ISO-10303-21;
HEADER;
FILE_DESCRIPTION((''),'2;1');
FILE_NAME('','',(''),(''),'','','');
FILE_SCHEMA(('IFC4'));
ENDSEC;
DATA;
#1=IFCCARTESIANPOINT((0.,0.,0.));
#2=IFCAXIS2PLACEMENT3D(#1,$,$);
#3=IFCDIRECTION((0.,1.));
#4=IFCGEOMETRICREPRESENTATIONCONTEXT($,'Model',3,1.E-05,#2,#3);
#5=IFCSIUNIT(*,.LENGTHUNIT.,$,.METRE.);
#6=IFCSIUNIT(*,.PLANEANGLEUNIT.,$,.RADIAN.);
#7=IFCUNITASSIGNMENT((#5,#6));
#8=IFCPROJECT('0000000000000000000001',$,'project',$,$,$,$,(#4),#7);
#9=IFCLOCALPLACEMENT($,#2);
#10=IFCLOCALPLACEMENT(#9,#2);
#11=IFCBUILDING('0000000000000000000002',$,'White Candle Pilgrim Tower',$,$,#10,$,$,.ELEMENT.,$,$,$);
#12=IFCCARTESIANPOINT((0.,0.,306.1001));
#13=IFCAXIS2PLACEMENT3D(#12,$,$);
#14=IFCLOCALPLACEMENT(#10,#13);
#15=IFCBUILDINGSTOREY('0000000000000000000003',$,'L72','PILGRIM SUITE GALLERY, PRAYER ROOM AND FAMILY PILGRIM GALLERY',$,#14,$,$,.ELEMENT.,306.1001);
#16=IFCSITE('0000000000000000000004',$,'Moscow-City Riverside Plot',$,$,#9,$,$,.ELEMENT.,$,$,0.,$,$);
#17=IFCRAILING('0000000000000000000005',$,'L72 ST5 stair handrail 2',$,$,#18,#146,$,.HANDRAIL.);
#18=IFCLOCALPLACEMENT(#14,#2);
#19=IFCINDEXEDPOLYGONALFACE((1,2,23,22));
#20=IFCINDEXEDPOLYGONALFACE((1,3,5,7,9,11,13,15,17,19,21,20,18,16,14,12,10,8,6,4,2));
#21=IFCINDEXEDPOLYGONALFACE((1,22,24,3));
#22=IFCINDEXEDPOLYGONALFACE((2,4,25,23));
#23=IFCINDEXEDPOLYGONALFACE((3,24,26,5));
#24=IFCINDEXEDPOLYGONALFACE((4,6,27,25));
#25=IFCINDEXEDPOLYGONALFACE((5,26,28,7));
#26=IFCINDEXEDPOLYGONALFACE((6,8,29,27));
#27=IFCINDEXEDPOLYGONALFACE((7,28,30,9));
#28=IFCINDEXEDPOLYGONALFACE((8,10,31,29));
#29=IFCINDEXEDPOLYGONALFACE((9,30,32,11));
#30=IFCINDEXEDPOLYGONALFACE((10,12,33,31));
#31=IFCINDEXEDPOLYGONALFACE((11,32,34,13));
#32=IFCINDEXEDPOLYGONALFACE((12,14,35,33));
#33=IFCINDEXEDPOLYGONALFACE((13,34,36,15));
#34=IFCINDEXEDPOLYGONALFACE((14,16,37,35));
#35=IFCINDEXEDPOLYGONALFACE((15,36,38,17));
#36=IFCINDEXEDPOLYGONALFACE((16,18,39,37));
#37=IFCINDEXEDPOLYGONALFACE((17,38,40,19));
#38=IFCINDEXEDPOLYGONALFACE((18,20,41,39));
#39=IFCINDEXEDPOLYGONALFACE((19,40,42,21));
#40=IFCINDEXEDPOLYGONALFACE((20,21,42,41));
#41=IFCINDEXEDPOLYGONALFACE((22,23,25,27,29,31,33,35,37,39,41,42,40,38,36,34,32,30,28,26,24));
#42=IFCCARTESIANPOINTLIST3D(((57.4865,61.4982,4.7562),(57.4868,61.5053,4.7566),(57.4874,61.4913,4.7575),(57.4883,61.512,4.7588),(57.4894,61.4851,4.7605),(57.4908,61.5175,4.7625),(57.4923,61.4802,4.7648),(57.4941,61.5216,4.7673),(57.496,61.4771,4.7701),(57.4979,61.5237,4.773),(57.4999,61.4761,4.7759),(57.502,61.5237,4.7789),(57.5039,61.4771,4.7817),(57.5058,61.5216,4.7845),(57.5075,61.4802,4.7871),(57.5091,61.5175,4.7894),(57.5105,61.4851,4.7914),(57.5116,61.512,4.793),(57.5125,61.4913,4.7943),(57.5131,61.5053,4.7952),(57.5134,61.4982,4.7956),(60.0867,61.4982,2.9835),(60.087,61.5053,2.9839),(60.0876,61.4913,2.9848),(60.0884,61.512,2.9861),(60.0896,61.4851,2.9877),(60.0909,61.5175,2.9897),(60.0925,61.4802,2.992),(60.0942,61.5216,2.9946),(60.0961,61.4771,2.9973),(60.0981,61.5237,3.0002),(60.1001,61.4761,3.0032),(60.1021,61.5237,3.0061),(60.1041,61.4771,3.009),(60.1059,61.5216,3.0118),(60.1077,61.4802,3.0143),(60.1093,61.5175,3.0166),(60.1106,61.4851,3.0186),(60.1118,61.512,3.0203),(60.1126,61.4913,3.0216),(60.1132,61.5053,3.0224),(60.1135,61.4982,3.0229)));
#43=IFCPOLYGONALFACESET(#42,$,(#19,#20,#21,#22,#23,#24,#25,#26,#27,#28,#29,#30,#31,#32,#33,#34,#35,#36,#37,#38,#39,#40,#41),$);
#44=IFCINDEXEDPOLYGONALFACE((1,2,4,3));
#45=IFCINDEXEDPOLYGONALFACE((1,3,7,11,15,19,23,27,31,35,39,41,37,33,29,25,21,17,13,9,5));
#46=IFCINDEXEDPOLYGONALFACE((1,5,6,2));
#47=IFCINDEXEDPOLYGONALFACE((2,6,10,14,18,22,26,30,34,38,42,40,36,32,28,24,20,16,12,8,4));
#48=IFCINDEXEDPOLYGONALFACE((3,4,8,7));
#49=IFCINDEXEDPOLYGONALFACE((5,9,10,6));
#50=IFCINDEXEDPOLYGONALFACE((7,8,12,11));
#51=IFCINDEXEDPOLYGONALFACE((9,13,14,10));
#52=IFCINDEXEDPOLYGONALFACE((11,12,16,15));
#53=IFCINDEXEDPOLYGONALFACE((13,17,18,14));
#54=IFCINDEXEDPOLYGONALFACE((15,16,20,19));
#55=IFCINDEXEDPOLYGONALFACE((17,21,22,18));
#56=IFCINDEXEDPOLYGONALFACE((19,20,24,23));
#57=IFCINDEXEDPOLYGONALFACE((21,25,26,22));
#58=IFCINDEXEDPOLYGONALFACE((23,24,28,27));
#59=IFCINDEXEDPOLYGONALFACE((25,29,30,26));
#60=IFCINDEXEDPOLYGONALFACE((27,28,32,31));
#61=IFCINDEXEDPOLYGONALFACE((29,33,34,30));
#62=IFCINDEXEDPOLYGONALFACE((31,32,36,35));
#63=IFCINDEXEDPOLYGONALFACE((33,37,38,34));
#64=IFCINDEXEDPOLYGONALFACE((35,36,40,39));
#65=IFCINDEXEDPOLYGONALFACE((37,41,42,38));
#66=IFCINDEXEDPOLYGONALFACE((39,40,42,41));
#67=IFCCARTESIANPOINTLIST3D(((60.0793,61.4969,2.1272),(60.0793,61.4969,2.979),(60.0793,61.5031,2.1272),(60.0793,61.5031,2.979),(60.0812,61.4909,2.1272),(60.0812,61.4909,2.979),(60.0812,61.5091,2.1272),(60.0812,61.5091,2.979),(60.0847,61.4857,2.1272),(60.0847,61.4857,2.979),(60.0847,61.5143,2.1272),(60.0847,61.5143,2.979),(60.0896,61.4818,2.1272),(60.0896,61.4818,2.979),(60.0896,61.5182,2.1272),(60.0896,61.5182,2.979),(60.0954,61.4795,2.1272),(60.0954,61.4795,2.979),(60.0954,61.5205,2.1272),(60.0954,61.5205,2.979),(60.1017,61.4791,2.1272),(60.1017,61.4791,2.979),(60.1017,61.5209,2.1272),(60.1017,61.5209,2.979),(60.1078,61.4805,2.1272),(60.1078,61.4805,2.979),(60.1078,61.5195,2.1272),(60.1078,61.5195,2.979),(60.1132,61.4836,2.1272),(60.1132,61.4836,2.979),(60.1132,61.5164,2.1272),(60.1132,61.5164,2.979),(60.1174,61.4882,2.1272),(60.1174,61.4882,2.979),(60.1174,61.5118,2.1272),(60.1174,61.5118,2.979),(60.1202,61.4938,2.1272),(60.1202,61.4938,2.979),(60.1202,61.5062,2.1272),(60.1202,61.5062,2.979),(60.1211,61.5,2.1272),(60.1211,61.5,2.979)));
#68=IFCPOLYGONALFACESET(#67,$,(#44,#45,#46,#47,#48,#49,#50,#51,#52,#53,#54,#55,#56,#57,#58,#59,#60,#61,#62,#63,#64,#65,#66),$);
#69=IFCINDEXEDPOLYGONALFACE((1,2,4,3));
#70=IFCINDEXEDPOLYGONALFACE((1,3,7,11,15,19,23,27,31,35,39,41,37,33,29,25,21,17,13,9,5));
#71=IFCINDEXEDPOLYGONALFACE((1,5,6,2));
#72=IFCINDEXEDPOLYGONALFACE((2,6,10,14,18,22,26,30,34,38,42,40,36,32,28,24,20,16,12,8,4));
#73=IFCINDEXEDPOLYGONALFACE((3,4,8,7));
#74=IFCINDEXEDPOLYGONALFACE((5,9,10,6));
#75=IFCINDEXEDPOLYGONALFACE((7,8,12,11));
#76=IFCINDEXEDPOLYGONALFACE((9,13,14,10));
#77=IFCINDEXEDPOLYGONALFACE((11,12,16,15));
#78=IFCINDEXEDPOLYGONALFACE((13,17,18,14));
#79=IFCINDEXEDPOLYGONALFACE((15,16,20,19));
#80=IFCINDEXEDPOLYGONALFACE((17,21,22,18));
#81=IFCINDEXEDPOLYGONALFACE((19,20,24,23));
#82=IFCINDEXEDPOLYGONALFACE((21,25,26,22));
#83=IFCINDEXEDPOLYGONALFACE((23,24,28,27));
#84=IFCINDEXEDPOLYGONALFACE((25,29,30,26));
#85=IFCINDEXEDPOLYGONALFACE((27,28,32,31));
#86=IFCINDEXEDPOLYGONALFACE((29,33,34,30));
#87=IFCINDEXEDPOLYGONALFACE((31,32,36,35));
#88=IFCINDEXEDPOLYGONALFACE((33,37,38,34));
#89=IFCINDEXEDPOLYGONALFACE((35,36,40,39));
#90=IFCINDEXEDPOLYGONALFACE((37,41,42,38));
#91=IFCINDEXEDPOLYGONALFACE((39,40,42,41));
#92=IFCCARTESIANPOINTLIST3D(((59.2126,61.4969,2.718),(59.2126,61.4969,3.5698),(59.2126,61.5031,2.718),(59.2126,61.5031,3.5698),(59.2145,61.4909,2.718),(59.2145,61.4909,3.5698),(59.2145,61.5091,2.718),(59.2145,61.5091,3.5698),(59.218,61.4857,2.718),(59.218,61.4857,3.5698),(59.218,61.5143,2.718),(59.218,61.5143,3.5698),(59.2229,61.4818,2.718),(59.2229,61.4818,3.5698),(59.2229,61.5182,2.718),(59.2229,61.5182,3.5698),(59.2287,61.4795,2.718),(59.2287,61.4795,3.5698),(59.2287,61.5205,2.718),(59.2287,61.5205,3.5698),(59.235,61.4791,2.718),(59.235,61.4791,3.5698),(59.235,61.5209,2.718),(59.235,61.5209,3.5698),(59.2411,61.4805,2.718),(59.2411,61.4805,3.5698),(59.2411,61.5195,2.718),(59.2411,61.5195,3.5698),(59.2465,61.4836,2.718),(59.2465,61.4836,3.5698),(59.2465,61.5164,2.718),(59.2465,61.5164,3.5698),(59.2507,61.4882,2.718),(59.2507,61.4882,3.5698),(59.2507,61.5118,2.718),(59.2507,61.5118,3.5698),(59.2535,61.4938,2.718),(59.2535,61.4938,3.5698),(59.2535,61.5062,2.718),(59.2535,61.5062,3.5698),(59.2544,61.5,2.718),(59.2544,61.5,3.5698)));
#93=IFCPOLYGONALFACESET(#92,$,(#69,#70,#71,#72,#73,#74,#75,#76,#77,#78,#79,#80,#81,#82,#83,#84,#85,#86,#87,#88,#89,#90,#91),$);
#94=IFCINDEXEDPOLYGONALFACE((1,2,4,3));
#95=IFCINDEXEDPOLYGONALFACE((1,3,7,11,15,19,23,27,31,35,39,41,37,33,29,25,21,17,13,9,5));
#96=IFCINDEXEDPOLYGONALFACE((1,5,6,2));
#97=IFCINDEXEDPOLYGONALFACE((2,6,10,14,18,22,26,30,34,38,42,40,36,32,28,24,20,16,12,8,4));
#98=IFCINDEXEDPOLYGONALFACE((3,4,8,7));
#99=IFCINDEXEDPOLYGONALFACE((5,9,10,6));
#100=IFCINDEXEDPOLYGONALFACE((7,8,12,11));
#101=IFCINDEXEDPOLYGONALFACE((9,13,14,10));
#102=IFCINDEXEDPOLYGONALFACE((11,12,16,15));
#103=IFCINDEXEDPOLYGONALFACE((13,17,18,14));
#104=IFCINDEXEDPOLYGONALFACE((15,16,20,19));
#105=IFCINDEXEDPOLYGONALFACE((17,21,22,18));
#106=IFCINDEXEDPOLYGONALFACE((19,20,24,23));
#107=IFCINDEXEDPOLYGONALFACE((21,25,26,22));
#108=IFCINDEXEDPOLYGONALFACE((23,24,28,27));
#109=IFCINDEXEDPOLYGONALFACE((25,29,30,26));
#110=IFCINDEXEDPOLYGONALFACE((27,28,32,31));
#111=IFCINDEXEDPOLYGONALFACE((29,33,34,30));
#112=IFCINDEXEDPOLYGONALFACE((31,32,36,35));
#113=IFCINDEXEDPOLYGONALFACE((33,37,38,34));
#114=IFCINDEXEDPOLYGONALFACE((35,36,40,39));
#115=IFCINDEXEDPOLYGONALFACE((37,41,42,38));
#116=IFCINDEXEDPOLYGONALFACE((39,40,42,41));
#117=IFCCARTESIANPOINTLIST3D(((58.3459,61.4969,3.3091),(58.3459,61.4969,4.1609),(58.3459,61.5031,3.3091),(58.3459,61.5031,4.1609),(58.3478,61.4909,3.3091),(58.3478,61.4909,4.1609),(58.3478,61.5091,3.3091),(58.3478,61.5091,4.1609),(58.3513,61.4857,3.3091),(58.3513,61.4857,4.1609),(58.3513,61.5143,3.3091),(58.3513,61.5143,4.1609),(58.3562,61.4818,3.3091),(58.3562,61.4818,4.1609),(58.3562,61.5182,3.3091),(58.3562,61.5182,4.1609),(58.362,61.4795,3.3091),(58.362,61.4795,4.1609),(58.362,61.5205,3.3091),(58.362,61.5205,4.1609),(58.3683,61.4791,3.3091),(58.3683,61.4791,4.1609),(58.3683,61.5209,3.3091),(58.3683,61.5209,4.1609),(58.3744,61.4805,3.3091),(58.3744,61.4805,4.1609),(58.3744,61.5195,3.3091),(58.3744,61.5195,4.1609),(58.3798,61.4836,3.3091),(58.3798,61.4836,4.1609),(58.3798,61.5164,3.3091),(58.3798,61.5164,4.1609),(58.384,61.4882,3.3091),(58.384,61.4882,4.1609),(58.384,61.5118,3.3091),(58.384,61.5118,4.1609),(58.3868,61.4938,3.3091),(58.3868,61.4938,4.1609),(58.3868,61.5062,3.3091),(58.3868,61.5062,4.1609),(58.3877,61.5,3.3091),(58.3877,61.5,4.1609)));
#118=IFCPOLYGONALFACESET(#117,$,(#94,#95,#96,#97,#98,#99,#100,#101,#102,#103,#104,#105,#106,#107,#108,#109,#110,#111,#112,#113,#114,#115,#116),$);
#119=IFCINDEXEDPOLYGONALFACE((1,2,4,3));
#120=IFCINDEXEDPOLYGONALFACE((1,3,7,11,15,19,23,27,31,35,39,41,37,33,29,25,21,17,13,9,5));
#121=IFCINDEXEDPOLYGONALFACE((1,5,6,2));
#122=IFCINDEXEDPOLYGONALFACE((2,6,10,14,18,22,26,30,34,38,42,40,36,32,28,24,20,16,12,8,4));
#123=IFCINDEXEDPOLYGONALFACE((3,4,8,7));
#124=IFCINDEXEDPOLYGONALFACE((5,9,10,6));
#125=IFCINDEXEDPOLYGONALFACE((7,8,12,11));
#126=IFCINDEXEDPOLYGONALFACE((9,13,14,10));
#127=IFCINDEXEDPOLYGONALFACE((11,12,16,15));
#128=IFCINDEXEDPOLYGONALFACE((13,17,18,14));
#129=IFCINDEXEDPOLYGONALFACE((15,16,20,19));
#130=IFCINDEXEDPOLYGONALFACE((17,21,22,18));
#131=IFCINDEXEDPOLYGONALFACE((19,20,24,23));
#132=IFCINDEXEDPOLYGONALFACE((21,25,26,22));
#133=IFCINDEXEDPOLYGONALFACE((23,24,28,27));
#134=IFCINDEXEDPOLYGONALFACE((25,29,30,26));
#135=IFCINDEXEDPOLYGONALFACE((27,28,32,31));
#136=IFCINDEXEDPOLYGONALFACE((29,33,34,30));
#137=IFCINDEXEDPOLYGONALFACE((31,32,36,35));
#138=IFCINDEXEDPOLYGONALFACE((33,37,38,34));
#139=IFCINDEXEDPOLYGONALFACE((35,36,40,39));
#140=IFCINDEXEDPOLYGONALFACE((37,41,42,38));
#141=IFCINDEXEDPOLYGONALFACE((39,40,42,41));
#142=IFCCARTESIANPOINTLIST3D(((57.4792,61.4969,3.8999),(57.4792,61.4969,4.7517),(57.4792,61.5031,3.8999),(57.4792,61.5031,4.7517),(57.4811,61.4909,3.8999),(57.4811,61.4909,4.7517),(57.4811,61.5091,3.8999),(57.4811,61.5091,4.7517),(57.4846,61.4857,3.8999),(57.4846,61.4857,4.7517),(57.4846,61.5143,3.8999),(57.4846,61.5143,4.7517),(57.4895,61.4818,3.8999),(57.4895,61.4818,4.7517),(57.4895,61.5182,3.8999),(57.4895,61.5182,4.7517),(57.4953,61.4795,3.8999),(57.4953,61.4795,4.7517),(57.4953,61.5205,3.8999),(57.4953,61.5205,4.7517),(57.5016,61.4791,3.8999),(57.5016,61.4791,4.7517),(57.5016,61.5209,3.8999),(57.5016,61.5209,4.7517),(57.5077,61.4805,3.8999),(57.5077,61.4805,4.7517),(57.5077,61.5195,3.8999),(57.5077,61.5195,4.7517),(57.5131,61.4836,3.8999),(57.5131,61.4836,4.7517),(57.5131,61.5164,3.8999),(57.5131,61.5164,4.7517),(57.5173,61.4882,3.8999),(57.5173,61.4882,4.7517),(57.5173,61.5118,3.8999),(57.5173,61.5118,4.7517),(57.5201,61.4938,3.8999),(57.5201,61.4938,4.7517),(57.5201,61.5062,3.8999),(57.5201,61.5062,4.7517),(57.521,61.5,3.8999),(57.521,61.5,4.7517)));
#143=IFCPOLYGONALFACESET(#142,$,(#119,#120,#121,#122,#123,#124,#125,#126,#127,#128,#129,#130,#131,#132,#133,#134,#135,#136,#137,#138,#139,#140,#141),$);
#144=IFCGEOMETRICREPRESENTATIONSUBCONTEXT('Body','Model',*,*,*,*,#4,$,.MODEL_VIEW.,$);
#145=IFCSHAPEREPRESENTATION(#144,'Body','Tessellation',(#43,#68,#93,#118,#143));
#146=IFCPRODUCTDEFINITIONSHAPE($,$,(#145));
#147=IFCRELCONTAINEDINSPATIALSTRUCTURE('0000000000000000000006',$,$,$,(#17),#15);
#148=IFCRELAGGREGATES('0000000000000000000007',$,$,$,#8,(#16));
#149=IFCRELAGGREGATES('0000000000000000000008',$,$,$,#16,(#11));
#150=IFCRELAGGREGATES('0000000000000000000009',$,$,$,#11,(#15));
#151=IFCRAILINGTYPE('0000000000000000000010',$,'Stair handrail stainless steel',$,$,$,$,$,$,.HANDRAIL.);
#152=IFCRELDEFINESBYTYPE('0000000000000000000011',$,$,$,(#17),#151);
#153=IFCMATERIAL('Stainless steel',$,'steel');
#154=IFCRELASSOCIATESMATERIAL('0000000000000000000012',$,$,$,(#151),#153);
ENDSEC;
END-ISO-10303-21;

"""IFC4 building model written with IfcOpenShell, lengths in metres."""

from ifc_helpers import new_model, si_unit, direction, frame, origin, origin_2d, place, context, subcontext, project, spatial, circle, extrude, material, type_object, element, save


model = new_model("IFC4")

# Units and contexts
model_context = context("Model", 3, precision=1e-05, world=origin(), true_north=direction((0.0, 1.0)))
body_context = subcontext(model_context, "Body", "Model", "MODEL_VIEW")
ifc_project = project(units=[si_unit("LENGTHUNIT", "METRE"), si_unit("PLANEANGLEUNIT", "RADIAN")], contexts=[model_context])

# Site, building, storey
site_placement = place(None, origin())
site = spatial("IfcSite", under=ifc_project, at=site_placement, Name="Moscow-City Riverside Plot", CompositionType="ELEMENT", RefElevation=0.0)
building_placement = place(site_placement, origin())
building = spatial("IfcBuilding", under=site, at=building_placement, Name="White Candle Pilgrim Tower", CompositionType="ELEMENT")
storey_placement = place(building_placement, frame((0.0, 0.0, 306.1001)))
storey = spatial("IfcBuildingStorey", under=building, at=storey_placement, Name="L72", Description="PILGRIM SUITE GALLERY, PRAYER ROOM AND FAMILY PILGRIM GALLERY", CompositionType="ELEMENT", Elevation=306.1001)

# Railing
ifc_material_1 = material(Name="Stainless steel", Category="steel")
railing_type_1 = type_object("IfcRailingType", Name="Stair handrail stainless steel", PredefinedType="HANDRAIL", material=ifc_material_1)
railing_1_placement = place(storey_placement, frame((60.1001, 61.5, 2.1272)))
element("IfcRailing", 1, at=railing_1_placement, inside=storey, type_object=railing_type_1, Name="L72 ST5 stair handrail 2", PredefinedType="HANDRAIL", context=body_context, shape_type="SweptSolid", body=[
    extrude(circle(Radius=0.0239, at=origin_2d()), frame((0.0, 0.0, 0.876), z_axis=(-0.82624, 0.0, 0.563318), x_axis=(0.0, -1.0, 0.0)), (0.0, 0.0, 1.0), 3.147),
    extrude(circle(Radius=0.021, at=origin_2d()), origin(), (0.0, 0.0, 1.0), 0.8518),
    extrude(circle(Radius=0.021, at=origin_2d()), frame((-0.8667, 0.0, 0.5908)), (0.0, 0.0, 1.0), 0.8518),
    extrude(circle(Radius=0.021, at=origin_2d()), frame((-1.7334, 0.0, 1.1819)), (0.0, 0.0, 1.0), 0.8518),
    extrude(circle(Radius=0.021, at=origin_2d()), frame((-2.6001, 0.0, 1.7727)), (0.0, 0.0, 1.0), 0.8518),
])

save(model, "model.ifc")
